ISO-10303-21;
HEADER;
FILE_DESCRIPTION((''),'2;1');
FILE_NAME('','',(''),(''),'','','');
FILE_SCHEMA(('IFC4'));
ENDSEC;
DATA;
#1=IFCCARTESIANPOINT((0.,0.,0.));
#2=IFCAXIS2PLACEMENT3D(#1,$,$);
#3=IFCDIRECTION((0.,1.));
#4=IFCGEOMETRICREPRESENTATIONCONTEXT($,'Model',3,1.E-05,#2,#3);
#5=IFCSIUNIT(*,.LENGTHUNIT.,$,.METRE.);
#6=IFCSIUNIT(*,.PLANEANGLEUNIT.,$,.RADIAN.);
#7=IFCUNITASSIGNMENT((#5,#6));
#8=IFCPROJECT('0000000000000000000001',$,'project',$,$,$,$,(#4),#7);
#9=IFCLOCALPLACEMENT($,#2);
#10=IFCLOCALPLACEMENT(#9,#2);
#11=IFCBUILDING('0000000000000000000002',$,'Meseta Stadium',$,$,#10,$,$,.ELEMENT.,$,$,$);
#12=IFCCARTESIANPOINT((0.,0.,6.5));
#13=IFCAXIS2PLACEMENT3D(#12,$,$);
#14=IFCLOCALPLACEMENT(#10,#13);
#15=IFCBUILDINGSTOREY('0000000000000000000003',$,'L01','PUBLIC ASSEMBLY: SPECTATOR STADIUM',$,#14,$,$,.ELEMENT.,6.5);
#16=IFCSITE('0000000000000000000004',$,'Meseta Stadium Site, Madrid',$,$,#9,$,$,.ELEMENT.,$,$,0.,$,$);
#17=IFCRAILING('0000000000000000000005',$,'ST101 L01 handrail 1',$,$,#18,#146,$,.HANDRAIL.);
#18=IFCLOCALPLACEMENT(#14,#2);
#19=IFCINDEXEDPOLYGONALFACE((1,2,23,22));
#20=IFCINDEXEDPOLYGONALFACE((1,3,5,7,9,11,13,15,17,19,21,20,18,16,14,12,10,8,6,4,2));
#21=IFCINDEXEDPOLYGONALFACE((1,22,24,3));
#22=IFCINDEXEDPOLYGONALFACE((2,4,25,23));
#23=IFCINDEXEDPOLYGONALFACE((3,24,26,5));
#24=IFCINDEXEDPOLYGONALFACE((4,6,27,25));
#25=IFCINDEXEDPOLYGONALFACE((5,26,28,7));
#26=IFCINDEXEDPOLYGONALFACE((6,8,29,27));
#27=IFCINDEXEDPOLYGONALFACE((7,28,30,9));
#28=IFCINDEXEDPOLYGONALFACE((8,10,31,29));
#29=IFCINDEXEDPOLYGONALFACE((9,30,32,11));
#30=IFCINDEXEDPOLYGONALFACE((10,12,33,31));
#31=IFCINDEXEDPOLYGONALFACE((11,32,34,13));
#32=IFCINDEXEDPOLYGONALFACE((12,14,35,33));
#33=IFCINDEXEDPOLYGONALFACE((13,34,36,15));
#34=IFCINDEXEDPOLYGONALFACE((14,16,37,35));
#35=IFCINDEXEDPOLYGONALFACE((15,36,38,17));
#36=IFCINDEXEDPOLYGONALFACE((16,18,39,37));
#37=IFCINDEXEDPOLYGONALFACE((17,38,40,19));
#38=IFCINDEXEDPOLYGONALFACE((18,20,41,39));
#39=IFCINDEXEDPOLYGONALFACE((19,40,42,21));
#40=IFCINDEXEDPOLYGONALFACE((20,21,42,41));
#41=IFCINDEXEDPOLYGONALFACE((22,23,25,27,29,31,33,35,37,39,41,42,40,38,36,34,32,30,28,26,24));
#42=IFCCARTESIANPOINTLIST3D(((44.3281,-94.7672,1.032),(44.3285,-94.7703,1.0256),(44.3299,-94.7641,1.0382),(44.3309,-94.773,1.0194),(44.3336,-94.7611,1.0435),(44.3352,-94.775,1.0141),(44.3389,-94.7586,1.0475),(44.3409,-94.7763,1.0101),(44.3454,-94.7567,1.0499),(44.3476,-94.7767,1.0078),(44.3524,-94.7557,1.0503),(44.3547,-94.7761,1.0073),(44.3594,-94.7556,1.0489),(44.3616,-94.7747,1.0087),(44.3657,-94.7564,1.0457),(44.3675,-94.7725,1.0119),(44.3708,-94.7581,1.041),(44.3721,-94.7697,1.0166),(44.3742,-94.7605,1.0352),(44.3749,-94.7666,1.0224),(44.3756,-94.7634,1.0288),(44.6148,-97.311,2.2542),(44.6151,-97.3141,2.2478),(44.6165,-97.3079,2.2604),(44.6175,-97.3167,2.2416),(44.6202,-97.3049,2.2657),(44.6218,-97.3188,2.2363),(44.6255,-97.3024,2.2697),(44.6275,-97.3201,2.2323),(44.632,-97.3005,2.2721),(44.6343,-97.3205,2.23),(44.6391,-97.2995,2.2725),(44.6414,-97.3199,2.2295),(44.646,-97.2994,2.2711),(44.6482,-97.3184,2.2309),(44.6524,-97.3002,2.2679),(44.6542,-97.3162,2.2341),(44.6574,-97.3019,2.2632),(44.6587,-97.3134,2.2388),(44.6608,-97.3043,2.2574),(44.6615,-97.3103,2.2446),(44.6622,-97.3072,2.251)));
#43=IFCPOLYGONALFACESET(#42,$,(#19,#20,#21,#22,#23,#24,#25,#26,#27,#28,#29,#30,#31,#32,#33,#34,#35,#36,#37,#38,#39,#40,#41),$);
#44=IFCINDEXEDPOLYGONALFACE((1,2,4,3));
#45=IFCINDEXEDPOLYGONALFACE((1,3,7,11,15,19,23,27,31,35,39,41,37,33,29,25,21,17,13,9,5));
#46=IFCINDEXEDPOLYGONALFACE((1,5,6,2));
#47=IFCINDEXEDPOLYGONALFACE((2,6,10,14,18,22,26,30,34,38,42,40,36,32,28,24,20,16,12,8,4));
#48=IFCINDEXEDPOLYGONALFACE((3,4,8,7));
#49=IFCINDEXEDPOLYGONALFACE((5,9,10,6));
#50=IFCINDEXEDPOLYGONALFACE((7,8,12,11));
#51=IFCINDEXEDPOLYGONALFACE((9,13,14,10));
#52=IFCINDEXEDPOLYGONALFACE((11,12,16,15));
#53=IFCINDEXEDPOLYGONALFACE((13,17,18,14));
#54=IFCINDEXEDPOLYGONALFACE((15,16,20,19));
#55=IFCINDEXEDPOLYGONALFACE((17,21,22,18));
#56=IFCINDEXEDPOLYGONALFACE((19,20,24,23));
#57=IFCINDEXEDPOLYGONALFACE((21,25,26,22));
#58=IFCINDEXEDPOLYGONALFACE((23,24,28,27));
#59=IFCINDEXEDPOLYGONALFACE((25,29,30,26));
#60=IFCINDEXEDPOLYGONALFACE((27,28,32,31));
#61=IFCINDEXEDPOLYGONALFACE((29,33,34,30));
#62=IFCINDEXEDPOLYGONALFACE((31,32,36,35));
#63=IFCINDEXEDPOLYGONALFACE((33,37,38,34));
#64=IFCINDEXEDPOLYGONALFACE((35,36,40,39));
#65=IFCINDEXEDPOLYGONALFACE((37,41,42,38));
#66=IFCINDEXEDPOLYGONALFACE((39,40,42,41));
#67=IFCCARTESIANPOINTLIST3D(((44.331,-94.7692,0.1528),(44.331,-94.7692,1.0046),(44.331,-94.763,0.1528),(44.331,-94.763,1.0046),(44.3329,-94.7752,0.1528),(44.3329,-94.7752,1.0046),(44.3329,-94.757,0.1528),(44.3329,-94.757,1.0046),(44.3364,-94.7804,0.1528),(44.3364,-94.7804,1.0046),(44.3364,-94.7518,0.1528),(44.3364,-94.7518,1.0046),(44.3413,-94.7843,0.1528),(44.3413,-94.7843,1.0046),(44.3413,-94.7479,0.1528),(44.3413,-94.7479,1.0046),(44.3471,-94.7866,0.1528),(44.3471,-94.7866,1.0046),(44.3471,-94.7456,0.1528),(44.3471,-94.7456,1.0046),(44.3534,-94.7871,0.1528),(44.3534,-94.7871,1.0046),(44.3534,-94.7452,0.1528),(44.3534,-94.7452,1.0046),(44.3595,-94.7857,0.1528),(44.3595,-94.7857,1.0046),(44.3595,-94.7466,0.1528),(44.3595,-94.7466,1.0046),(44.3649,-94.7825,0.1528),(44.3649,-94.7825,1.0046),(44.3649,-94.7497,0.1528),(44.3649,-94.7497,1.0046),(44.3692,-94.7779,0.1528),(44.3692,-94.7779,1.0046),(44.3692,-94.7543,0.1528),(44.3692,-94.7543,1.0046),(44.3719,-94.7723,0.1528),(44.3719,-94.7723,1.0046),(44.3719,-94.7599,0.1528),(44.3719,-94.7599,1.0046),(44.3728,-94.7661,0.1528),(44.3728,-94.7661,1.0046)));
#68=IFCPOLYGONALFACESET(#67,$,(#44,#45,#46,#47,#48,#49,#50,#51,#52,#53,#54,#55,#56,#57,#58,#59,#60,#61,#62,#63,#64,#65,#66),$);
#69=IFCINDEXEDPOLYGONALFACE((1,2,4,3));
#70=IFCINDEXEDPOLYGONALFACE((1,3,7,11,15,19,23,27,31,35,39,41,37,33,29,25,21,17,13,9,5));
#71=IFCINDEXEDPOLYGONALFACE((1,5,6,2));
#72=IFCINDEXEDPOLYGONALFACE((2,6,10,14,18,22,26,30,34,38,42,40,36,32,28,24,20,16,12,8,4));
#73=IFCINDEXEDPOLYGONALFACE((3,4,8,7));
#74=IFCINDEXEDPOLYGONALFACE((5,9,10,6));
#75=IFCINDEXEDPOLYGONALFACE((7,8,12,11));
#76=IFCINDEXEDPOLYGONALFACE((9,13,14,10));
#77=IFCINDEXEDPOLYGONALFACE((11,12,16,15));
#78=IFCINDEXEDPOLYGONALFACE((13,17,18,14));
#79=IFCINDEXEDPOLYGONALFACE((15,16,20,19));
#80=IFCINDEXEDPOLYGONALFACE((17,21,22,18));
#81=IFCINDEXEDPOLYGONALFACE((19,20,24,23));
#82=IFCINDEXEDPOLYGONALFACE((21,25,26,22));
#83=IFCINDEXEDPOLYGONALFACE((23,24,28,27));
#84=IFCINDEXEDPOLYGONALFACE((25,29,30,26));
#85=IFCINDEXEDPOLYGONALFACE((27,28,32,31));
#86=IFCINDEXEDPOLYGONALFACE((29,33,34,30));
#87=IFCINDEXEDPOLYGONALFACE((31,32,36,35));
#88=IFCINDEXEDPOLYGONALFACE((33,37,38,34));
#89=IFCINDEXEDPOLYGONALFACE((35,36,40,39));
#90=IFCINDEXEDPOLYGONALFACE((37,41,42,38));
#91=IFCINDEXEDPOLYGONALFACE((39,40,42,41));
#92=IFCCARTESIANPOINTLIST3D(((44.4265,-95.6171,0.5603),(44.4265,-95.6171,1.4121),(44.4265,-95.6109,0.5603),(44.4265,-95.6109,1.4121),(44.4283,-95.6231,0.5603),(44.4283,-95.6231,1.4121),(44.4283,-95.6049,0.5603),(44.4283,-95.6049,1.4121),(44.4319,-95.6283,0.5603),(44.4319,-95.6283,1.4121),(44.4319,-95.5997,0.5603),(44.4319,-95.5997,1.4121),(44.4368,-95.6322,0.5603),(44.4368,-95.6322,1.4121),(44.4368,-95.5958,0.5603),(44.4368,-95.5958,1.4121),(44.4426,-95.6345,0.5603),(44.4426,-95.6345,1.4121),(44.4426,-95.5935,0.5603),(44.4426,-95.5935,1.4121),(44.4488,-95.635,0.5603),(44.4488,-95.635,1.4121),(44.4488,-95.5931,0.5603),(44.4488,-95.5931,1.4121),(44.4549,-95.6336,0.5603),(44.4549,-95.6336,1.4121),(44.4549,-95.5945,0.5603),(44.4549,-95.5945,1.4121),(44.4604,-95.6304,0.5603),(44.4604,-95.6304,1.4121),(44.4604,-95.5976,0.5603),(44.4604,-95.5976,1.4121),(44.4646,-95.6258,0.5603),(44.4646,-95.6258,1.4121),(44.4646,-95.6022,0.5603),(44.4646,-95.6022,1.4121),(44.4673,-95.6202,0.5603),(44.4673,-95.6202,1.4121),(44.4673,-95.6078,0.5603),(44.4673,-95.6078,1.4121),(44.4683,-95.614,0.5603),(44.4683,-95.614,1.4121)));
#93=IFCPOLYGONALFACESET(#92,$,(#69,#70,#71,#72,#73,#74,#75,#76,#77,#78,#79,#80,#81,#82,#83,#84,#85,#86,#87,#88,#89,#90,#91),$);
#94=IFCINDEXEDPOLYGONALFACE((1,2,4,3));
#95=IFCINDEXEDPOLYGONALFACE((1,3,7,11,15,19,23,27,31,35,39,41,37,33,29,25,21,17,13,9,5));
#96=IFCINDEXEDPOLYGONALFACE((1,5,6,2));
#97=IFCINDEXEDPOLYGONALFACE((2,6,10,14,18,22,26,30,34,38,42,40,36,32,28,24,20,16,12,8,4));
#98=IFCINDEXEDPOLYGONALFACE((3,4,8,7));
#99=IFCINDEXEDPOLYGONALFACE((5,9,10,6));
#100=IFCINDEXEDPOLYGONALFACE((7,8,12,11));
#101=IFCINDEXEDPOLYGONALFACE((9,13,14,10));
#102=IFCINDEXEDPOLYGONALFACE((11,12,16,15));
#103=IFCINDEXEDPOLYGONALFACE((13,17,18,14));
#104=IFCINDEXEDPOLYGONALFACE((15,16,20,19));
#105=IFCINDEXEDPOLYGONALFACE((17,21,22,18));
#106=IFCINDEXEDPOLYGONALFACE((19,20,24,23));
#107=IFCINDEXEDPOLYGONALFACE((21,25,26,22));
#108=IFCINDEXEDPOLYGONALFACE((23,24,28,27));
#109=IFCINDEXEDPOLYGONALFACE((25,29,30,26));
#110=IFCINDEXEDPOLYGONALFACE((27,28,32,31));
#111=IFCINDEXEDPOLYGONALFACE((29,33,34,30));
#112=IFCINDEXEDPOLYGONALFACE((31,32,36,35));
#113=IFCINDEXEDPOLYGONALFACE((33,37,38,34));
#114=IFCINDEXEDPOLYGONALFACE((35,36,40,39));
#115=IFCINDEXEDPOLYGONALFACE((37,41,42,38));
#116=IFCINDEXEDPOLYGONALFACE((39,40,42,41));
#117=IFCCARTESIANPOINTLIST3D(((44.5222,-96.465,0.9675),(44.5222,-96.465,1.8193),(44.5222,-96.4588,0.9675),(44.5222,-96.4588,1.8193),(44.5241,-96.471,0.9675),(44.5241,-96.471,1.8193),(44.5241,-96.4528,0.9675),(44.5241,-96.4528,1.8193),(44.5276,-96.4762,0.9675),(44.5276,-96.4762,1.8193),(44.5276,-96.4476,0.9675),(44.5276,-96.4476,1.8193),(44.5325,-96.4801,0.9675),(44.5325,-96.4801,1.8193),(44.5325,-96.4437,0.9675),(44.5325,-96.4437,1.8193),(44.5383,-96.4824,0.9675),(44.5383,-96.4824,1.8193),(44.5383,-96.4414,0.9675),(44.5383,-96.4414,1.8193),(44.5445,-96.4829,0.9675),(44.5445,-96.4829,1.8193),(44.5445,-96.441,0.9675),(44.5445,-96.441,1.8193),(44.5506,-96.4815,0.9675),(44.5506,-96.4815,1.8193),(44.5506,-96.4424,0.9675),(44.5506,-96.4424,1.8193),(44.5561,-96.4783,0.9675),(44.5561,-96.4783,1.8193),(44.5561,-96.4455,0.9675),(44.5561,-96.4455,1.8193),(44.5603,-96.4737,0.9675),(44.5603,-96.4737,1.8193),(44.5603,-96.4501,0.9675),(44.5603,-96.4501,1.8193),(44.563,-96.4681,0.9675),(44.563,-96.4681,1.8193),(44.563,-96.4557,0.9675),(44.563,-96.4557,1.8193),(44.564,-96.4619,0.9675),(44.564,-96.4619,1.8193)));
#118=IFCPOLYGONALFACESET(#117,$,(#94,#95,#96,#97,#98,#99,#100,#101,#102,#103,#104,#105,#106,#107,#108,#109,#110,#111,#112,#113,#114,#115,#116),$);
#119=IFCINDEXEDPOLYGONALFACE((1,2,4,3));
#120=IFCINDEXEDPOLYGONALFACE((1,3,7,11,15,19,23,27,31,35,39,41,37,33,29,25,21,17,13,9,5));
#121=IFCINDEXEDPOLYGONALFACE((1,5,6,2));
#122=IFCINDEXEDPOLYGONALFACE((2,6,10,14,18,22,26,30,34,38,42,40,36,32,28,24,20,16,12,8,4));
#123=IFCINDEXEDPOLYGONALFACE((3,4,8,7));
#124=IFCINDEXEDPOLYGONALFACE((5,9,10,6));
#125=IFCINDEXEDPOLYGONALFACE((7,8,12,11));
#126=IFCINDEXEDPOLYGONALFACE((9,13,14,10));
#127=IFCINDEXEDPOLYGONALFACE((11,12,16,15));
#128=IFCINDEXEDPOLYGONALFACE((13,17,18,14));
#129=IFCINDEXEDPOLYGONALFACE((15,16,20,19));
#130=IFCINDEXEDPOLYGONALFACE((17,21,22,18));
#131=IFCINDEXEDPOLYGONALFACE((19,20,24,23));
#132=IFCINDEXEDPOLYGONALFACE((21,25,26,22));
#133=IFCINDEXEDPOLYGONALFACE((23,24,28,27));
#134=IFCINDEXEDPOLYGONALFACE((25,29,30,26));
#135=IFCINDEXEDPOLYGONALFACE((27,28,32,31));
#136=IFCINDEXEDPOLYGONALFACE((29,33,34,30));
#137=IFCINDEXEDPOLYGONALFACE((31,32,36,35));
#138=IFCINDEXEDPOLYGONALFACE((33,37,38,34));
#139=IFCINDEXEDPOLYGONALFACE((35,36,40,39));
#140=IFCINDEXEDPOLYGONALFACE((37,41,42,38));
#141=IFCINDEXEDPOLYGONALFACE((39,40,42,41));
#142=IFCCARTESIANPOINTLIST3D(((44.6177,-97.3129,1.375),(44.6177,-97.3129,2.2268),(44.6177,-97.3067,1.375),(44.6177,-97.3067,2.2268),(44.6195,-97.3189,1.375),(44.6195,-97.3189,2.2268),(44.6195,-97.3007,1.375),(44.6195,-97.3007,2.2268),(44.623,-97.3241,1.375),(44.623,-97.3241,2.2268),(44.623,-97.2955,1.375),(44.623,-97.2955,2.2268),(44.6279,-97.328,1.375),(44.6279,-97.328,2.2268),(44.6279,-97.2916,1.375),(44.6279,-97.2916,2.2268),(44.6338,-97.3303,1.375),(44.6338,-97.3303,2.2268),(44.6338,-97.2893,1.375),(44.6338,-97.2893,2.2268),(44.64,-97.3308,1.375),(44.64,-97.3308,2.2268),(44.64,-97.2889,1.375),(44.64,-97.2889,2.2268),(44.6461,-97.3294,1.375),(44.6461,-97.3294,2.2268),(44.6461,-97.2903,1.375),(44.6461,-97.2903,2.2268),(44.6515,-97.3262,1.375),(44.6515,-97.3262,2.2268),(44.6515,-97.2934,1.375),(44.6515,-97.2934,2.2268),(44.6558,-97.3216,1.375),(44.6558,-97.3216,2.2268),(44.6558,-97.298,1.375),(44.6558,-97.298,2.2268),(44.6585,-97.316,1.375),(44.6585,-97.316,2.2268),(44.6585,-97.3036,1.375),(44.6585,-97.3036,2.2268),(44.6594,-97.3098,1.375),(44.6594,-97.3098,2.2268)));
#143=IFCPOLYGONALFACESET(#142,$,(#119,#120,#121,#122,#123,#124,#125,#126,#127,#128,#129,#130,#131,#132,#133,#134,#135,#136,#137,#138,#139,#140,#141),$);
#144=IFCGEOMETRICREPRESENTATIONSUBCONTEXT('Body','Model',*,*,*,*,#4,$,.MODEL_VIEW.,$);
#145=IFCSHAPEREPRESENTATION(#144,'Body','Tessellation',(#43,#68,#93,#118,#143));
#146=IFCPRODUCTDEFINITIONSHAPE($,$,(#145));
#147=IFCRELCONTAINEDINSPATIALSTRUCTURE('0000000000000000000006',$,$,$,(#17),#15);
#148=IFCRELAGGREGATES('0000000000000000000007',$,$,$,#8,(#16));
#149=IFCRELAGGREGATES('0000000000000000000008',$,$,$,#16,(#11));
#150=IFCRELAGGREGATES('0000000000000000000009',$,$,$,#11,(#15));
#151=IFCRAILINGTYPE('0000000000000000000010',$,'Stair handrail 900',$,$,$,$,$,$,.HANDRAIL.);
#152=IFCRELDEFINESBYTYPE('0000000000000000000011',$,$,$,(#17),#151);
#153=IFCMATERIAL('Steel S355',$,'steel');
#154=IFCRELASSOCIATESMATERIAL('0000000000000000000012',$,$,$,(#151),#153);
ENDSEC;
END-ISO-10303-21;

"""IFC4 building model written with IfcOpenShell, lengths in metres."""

from ifc_helpers import new_model, si_unit, direction, frame, origin, origin_2d, place, context, subcontext, project, spatial, circle, extrude, material, type_object, element, save


model = new_model("IFC4")

# Units and contexts
model_context = context("Model", 3, precision=1e-05, world=origin(), true_north=direction((0.0, 1.0)))
body_context = subcontext(model_context, "Body", "Model", "MODEL_VIEW")
ifc_project = project(units=[si_unit("LENGTHUNIT", "METRE"), si_unit("PLANEANGLEUNIT", "RADIAN")], contexts=[model_context])

# Site, building, storey
site_placement = place(None, origin())
site = spatial("IfcSite", under=ifc_project, at=site_placement, Name="Meseta Stadium Site, Madrid", CompositionType="ELEMENT", RefElevation=0.0)
building_placement = place(site_placement, origin())
building = spatial("IfcBuilding", under=site, at=building_placement, Name="Meseta Stadium", CompositionType="ELEMENT")
storey_placement = place(building_placement, frame((0.0, 0.0, 6.5)))
storey = spatial("IfcBuildingStorey", under=building, at=storey_placement, Name="L01", Description="PUBLIC ASSEMBLY: SPECTATOR STADIUM", CompositionType="ELEMENT", Elevation=6.5)

# Railing
ifc_material_1 = material(Name="Steel S355", Category="steel")
railing_type_1 = type_object("IfcRailingType", Name="Stair handrail 900", PredefinedType="HANDRAIL", material=ifc_material_1)
railing_1_placement = place(storey_placement, frame((44.3518, -94.7661, 0.1528)))
element("IfcRailing", 1, at=railing_1_placement, inside=storey, type_object=railing_type_1, Name="ST101 L01 handrail 1", PredefinedType="HANDRAIL", context=body_context, shape_type="SweptSolid", body=[
    extrude(circle(Radius=0.0239, at=origin_2d()), frame((0.0, 0.0, 0.876), z_axis=(0.101044, -0.896745, 0.430858), x_axis=(0.993712, 0.11197, 0.0)), (0.0, 0.0, 1.0), 2.8367),
    extrude(circle(Radius=0.021, at=origin_2d()), origin(), (0.0, 0.0, 1.0), 0.8518),
    extrude(circle(Radius=0.021, at=origin_2d()), frame((0.0955, -0.8479, 0.4075)), (0.0, 0.0, 1.0), 0.8518),
    extrude(circle(Radius=0.021, at=origin_2d()), frame((0.1912, -1.6958, 0.8147)), (0.0, 0.0, 1.0), 0.8518),
    extrude(circle(Radius=0.021, at=origin_2d()), frame((0.2866, -2.5437, 1.2222)), (0.0, 0.0, 1.0), 0.8518),
])

save(model, "model.ifc")
